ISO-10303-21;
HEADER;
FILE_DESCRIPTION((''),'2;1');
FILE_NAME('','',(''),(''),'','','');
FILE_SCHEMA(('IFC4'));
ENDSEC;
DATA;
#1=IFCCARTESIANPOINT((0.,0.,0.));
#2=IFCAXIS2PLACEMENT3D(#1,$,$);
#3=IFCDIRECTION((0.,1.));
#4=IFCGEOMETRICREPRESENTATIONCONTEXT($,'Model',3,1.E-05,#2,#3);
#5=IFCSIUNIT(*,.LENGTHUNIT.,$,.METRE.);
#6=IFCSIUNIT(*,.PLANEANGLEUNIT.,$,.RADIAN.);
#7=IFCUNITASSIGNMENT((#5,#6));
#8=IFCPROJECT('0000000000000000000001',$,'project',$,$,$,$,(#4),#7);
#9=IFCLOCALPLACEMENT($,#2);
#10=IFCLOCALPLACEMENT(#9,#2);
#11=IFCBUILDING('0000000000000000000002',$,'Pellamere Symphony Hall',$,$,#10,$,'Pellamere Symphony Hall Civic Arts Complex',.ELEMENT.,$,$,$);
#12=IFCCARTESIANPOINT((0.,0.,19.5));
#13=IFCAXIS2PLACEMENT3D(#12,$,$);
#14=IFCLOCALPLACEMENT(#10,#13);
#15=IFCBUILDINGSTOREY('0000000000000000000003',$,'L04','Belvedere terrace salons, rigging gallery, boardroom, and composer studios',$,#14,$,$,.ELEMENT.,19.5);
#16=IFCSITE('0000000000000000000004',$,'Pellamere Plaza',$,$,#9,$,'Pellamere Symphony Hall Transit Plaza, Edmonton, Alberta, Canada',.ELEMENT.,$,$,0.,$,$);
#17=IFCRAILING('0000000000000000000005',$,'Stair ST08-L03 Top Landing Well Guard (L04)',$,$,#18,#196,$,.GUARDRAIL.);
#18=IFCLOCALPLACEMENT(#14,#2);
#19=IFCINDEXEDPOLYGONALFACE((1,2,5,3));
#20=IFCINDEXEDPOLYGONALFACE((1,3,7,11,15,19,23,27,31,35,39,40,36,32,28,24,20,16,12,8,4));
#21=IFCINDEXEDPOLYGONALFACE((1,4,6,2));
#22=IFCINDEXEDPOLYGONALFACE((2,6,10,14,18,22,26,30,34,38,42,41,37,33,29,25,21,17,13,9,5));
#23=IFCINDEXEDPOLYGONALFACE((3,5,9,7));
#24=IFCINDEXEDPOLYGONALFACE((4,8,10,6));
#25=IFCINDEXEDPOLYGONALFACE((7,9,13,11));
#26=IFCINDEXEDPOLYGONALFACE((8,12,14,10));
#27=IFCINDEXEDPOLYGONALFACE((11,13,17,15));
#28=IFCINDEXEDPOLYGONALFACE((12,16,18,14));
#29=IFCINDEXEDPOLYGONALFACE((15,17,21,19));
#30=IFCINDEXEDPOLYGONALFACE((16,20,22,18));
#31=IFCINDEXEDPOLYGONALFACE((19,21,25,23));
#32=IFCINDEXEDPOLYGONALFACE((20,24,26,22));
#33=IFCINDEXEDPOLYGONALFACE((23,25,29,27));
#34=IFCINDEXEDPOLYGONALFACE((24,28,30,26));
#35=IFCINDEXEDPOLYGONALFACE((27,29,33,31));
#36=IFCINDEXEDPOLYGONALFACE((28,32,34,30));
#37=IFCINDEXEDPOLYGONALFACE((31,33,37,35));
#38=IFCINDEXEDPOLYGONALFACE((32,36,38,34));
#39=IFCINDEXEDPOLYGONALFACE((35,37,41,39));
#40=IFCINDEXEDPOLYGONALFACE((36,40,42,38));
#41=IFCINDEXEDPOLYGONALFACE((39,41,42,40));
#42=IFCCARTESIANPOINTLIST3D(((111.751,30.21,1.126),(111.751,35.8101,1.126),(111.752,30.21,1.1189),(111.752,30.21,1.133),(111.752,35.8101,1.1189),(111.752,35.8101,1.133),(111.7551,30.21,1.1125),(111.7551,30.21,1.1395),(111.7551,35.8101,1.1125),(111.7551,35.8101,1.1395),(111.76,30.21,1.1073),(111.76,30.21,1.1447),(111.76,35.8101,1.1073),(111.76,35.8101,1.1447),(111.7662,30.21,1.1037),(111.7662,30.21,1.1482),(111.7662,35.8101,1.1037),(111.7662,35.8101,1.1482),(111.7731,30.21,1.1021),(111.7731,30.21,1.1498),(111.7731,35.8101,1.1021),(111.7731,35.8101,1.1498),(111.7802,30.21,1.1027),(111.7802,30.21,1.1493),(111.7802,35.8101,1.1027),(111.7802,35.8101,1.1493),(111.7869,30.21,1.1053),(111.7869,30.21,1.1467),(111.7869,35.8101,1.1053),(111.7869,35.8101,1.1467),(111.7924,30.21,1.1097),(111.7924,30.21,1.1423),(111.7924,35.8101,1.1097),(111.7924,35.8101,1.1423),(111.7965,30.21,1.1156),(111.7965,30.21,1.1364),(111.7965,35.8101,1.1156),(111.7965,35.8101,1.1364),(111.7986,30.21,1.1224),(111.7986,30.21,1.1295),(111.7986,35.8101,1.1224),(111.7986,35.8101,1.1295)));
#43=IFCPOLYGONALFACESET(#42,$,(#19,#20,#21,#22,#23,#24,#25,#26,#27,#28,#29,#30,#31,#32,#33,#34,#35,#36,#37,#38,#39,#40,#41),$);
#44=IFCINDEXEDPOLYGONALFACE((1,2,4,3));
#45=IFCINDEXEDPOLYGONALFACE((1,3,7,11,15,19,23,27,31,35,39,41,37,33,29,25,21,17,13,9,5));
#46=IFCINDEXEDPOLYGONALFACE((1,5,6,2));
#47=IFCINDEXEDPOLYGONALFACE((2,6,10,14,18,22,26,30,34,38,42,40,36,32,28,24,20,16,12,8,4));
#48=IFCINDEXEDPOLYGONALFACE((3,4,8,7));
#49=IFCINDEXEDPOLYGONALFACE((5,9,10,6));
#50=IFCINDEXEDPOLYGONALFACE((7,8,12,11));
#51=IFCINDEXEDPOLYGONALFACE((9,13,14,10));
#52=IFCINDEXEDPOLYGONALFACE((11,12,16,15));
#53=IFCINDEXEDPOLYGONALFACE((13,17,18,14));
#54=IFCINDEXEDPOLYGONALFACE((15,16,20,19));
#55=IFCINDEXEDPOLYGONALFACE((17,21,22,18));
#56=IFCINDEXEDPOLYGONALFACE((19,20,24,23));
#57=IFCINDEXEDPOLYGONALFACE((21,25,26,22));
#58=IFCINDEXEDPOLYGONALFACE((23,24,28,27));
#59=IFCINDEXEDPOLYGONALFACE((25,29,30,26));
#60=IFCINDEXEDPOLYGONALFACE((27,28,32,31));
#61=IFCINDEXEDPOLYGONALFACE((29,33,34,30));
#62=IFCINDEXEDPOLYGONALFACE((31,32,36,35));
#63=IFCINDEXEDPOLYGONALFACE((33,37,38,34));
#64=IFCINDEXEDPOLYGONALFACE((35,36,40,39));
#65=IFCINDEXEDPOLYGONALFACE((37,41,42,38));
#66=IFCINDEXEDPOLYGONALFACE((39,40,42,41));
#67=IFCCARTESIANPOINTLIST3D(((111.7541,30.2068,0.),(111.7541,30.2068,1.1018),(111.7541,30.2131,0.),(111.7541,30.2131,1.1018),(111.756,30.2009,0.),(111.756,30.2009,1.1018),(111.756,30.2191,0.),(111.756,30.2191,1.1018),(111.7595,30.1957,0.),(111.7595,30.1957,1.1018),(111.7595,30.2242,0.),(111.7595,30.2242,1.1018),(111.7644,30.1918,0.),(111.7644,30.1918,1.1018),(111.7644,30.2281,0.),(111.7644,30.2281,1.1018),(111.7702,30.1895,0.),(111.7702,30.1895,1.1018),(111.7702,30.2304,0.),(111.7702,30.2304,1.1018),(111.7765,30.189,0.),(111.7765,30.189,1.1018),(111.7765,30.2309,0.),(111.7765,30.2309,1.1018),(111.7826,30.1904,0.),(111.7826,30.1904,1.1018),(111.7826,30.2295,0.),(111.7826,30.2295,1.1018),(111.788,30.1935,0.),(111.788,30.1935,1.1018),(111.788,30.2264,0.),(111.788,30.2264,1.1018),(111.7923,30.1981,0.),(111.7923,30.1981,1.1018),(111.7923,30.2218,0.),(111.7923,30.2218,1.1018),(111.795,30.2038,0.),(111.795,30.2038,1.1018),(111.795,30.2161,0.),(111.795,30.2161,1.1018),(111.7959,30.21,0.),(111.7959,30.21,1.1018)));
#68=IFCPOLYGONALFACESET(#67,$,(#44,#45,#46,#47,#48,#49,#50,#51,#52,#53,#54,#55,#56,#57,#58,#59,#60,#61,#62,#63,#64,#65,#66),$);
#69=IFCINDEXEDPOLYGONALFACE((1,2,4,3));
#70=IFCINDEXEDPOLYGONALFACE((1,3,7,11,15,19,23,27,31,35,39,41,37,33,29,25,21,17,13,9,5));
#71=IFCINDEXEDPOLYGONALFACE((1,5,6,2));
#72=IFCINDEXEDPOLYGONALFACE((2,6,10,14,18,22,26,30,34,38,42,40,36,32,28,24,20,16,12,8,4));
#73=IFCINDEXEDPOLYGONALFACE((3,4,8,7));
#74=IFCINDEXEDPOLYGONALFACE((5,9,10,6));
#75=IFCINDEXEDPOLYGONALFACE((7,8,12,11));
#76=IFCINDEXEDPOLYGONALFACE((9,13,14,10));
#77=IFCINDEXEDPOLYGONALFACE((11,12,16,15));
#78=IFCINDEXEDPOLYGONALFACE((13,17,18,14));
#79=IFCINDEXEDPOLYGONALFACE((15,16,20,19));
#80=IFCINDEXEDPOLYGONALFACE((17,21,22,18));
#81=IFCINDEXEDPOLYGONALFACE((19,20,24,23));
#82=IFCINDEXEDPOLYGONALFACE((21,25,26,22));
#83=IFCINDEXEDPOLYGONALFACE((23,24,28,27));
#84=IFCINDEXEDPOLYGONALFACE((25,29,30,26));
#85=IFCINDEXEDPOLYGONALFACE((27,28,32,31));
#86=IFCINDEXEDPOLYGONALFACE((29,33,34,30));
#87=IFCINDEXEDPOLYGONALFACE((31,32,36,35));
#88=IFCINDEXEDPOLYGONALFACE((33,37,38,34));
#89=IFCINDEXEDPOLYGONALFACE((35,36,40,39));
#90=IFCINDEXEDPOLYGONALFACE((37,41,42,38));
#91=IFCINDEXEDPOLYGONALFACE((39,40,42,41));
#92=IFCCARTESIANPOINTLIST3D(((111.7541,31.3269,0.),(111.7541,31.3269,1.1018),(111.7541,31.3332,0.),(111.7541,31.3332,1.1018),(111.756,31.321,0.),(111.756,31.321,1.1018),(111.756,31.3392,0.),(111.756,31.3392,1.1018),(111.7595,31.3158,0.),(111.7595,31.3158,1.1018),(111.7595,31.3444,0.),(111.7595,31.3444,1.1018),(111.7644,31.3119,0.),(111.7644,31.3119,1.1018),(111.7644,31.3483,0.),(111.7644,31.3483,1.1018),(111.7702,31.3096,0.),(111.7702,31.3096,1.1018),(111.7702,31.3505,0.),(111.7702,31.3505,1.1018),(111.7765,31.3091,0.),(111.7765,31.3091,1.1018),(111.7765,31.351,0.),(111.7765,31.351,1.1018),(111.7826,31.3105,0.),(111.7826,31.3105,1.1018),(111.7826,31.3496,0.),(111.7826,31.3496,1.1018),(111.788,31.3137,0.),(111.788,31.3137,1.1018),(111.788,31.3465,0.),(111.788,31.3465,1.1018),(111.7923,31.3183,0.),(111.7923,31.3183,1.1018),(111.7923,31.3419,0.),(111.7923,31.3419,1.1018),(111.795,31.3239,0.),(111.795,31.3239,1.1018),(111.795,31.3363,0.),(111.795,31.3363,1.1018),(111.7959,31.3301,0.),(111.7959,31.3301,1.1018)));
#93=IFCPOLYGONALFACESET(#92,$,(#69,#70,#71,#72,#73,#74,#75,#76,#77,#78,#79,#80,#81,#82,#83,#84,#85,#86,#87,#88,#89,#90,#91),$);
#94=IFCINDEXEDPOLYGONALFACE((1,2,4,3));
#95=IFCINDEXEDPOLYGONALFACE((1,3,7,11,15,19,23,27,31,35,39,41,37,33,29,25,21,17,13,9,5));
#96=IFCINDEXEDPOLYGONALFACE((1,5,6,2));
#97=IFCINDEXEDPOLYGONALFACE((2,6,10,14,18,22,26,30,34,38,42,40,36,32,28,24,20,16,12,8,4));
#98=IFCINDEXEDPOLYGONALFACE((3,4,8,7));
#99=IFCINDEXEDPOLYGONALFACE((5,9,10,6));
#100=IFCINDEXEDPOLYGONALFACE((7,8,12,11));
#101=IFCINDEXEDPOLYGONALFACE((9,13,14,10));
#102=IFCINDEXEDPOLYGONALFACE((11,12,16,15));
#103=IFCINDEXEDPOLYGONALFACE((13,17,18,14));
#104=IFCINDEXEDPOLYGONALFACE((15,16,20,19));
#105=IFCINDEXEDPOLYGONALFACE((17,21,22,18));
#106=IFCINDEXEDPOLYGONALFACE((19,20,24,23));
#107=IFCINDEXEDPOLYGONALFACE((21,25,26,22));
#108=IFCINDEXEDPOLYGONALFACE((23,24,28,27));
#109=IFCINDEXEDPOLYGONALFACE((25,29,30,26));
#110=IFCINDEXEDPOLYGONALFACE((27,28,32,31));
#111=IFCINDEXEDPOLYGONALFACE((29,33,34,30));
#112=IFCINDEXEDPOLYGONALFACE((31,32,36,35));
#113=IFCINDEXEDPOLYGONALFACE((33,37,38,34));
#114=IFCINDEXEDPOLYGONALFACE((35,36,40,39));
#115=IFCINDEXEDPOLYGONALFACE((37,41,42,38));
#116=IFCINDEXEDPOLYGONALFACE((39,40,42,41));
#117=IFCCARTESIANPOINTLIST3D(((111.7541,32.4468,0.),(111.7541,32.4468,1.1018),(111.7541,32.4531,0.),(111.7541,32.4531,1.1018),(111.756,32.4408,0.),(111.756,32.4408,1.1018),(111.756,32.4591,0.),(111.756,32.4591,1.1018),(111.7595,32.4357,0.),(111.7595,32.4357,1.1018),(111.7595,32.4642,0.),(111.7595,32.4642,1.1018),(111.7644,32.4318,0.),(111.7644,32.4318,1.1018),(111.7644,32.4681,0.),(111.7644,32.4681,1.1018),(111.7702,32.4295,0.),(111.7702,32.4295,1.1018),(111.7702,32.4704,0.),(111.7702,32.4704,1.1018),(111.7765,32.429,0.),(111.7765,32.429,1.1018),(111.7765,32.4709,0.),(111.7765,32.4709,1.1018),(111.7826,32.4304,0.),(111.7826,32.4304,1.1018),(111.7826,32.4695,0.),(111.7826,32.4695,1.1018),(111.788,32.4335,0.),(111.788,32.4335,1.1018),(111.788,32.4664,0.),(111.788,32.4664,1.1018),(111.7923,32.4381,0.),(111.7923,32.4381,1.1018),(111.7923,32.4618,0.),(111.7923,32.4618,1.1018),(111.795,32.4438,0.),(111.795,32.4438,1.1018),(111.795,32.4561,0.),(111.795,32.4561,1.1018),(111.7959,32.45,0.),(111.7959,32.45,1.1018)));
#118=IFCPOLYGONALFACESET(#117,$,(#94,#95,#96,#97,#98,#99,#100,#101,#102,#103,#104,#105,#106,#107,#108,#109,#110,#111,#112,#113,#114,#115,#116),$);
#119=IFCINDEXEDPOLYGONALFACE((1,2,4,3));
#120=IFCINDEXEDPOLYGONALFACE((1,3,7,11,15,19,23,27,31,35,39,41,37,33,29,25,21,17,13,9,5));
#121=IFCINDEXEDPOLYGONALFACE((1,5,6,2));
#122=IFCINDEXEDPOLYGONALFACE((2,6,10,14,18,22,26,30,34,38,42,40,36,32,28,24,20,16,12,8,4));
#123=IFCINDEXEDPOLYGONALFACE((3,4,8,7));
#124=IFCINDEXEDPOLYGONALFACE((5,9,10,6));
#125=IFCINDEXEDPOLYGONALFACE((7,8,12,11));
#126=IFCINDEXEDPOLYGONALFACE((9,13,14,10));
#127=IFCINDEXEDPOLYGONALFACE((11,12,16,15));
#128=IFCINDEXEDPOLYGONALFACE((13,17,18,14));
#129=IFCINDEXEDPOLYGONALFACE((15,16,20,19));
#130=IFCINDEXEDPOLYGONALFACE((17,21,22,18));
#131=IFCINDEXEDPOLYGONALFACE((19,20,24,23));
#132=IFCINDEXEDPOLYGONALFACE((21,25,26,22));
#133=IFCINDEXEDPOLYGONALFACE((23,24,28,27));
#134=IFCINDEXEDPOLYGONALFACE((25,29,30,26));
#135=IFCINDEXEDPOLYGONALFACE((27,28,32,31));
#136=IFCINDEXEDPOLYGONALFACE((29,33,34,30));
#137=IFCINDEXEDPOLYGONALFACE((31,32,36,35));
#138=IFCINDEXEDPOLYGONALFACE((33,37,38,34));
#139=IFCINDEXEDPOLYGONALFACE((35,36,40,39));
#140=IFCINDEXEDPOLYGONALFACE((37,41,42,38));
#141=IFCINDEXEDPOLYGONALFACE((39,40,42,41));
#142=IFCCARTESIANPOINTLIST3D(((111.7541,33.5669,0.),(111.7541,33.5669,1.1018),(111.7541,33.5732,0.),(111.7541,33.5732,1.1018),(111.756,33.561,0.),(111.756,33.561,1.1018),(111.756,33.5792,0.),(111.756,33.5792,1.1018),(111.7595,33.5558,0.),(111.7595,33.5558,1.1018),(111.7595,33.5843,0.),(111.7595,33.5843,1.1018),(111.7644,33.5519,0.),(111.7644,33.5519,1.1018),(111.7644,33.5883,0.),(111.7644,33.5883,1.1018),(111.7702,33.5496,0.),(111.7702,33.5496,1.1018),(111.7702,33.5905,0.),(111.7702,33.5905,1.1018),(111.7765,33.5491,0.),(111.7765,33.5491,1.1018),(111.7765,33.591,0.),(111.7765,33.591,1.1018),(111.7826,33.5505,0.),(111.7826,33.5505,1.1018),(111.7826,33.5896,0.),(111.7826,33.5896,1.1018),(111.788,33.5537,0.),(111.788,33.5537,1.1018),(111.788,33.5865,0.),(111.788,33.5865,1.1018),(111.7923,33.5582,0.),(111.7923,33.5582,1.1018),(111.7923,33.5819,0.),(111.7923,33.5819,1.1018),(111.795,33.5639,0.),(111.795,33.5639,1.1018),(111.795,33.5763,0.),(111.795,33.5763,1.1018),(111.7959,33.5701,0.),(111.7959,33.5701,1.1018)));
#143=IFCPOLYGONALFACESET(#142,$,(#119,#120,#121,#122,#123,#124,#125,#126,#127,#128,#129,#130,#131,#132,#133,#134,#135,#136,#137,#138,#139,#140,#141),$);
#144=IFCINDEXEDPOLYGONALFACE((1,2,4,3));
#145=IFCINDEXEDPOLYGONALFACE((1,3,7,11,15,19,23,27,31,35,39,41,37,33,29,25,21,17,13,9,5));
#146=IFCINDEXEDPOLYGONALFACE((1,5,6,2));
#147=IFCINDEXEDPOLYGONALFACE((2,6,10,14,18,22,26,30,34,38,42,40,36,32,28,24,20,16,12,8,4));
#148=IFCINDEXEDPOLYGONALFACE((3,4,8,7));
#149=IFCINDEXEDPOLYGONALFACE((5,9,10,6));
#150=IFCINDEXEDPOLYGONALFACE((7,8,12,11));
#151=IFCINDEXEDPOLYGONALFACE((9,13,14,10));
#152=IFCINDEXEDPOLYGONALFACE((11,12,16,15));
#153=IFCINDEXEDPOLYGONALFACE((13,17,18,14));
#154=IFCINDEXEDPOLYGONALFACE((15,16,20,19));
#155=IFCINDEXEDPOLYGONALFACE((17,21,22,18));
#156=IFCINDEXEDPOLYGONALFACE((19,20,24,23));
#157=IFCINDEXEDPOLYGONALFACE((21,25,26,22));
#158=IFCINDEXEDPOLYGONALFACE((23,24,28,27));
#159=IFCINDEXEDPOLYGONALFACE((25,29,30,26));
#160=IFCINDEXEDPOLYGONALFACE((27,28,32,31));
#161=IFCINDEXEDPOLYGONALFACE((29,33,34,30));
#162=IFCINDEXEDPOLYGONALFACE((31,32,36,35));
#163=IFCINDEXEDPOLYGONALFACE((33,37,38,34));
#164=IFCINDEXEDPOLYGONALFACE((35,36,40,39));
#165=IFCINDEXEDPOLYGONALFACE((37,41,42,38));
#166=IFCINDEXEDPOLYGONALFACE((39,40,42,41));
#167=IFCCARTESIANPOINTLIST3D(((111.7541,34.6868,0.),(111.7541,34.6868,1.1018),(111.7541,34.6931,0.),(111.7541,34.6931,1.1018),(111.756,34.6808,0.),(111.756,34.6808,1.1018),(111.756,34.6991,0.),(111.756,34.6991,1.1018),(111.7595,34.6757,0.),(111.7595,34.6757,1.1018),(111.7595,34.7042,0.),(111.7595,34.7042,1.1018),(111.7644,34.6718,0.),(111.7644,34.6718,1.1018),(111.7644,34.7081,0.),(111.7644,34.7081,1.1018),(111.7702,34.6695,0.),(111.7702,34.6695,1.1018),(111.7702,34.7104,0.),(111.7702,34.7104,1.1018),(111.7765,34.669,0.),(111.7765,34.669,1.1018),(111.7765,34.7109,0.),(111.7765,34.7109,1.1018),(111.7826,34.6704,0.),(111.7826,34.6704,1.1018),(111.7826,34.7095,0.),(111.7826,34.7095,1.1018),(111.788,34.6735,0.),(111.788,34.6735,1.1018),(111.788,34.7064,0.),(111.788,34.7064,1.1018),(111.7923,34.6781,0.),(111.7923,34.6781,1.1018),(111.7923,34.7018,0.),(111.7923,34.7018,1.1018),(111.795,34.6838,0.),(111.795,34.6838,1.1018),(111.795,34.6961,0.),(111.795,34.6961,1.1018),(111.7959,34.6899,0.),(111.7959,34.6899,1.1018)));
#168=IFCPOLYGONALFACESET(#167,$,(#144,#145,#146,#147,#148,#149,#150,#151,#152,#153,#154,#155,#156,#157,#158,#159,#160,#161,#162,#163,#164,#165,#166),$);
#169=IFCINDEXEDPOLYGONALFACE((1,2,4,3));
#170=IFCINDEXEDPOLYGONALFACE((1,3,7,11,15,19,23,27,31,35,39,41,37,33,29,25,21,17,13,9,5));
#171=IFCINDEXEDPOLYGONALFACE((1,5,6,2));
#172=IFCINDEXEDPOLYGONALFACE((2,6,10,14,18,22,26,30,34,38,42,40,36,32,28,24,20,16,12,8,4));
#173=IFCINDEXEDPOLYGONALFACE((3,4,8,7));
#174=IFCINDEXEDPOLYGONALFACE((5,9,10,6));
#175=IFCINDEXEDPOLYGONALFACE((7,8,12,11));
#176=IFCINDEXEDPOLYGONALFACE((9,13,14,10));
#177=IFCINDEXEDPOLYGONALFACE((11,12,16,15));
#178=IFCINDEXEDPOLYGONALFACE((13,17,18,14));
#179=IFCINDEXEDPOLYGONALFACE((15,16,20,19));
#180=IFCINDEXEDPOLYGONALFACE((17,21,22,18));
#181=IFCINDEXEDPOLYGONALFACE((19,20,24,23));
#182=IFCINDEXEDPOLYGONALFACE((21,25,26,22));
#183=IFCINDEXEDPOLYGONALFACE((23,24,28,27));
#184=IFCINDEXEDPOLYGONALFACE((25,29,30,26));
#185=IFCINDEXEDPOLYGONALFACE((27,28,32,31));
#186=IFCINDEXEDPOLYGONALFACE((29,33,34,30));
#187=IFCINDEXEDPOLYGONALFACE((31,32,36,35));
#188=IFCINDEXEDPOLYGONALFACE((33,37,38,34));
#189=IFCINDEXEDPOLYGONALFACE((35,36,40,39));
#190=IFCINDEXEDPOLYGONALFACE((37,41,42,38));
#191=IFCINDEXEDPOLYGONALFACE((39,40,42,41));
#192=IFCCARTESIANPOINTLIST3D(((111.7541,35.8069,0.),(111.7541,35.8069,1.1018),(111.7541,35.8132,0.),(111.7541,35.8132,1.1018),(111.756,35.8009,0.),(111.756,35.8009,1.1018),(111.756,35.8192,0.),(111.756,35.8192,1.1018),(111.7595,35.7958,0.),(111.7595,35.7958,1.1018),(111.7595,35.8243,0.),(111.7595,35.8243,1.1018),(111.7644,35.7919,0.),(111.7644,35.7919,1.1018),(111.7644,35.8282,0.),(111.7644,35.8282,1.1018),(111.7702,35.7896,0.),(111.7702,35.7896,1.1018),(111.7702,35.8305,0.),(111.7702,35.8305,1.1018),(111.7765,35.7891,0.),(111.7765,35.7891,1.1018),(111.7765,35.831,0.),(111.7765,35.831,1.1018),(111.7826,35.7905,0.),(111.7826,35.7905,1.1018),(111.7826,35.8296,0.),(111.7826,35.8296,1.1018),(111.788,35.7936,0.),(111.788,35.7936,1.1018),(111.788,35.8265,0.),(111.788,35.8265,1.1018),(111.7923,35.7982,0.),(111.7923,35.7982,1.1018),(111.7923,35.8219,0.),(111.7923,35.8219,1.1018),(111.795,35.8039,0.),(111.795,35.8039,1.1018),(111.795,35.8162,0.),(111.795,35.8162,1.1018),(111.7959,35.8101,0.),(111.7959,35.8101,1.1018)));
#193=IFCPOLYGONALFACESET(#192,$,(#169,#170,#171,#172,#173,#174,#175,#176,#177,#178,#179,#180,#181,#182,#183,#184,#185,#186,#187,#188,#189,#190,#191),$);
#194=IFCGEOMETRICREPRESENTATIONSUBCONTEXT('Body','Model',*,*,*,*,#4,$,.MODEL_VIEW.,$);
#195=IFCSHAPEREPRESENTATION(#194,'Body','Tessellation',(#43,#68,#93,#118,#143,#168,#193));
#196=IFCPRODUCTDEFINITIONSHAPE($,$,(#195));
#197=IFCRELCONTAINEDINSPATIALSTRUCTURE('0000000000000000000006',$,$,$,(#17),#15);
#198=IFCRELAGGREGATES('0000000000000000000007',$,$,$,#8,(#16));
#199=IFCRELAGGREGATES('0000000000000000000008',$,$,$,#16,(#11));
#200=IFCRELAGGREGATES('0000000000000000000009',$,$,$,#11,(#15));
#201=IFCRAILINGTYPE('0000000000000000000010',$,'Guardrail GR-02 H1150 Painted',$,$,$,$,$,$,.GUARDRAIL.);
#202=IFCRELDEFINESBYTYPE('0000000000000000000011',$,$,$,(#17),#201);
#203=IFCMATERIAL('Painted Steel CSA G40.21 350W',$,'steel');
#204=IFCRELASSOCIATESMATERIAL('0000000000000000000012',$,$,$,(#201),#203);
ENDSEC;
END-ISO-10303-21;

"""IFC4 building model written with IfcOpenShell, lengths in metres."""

from ifc_helpers import new_model, si_unit, direction, frame, origin, origin_2d, place, context, subcontext, project, spatial, circle, extrude, material, type_object, element, save


model = new_model("IFC4")

# Units and contexts
model_context = context("Model", 3, precision=1e-05, world=origin(), true_north=direction((0.0, 1.0)))
body_context = subcontext(model_context, "Body", "Model", "MODEL_VIEW")
ifc_project = project(units=[si_unit("LENGTHUNIT", "METRE"), si_unit("PLANEANGLEUNIT", "RADIAN")], contexts=[model_context])

# Site, building, storey
site_placement = place(None, origin())
site = spatial("IfcSite", under=ifc_project, at=site_placement, Name="Pellamere Plaza", LongName="Pellamere Symphony Hall Transit Plaza, Edmonton, Alberta, Canada", CompositionType="ELEMENT", RefElevation=0.0)
building_placement = place(site_placement, origin())
building = spatial("IfcBuilding", under=site, at=building_placement, Name="Pellamere Symphony Hall", LongName="Pellamere Symphony Hall Civic Arts Complex", CompositionType="ELEMENT")
storey_placement = place(building_placement, frame((0.0, 0.0, 19.5)))
storey = spatial("IfcBuildingStorey", under=building, at=storey_placement, Name="L04", Description="Belvedere terrace salons, rigging gallery, boardroom, and composer studios", CompositionType="ELEMENT", Elevation=19.5)

# Railing
ifc_material_1 = material(Name="Painted Steel CSA G40.21 350W", Category="steel")
railing_type = type_object("IfcRailingType", Name="Guardrail GR-02 H1150 Painted", PredefinedType="GUARDRAIL", material=ifc_material_1)
railing_placement = place(storey_placement, frame((111.7749, 30.21, 0.0)))
element("IfcRailing", 1, at=railing_placement, inside=storey, type_object=railing_type, Name="Stair ST08-L03 Top Landing Well Guard (L04)", PredefinedType="GUARDRAIL", context=body_context, shape_type="SweptSolid", body=[
    extrude(circle(Radius=0.0239, at=origin_2d()), frame((0.0, 0.0, 1.126), z_axis=(0.0, 1.0, 0.0), x_axis=(-1.0, 0.0, 0.0)), (0.0, 0.0, 1.0), 5.6001),
    extrude(circle(Radius=0.021, at=origin_2d()), origin(), (0.0, 0.0, 1.0), 1.1018),
    extrude(circle(Radius=0.021, at=origin_2d()), frame((0.0, 1.1201, 0.0)), (0.0, 0.0, 1.0), 1.1018),
    extrude(circle(Radius=0.021, at=origin_2d()), frame((0.0, 2.24, 0.0)), (0.0, 0.0, 1.0), 1.1018),
    extrude(circle(Radius=0.021, at=origin_2d()), frame((0.0, 3.3601, 0.0)), (0.0, 0.0, 1.0), 1.1018),
    extrude(circle(Radius=0.021, at=origin_2d()), frame((0.0, 4.48, 0.0)), (0.0, 0.0, 1.0), 1.1018),
    extrude(circle(Radius=0.021, at=origin_2d()), frame((0.0, 5.6001, 0.0)), (0.0, 0.0, 1.0), 1.1018),
])

save(model, "model.ifc")
